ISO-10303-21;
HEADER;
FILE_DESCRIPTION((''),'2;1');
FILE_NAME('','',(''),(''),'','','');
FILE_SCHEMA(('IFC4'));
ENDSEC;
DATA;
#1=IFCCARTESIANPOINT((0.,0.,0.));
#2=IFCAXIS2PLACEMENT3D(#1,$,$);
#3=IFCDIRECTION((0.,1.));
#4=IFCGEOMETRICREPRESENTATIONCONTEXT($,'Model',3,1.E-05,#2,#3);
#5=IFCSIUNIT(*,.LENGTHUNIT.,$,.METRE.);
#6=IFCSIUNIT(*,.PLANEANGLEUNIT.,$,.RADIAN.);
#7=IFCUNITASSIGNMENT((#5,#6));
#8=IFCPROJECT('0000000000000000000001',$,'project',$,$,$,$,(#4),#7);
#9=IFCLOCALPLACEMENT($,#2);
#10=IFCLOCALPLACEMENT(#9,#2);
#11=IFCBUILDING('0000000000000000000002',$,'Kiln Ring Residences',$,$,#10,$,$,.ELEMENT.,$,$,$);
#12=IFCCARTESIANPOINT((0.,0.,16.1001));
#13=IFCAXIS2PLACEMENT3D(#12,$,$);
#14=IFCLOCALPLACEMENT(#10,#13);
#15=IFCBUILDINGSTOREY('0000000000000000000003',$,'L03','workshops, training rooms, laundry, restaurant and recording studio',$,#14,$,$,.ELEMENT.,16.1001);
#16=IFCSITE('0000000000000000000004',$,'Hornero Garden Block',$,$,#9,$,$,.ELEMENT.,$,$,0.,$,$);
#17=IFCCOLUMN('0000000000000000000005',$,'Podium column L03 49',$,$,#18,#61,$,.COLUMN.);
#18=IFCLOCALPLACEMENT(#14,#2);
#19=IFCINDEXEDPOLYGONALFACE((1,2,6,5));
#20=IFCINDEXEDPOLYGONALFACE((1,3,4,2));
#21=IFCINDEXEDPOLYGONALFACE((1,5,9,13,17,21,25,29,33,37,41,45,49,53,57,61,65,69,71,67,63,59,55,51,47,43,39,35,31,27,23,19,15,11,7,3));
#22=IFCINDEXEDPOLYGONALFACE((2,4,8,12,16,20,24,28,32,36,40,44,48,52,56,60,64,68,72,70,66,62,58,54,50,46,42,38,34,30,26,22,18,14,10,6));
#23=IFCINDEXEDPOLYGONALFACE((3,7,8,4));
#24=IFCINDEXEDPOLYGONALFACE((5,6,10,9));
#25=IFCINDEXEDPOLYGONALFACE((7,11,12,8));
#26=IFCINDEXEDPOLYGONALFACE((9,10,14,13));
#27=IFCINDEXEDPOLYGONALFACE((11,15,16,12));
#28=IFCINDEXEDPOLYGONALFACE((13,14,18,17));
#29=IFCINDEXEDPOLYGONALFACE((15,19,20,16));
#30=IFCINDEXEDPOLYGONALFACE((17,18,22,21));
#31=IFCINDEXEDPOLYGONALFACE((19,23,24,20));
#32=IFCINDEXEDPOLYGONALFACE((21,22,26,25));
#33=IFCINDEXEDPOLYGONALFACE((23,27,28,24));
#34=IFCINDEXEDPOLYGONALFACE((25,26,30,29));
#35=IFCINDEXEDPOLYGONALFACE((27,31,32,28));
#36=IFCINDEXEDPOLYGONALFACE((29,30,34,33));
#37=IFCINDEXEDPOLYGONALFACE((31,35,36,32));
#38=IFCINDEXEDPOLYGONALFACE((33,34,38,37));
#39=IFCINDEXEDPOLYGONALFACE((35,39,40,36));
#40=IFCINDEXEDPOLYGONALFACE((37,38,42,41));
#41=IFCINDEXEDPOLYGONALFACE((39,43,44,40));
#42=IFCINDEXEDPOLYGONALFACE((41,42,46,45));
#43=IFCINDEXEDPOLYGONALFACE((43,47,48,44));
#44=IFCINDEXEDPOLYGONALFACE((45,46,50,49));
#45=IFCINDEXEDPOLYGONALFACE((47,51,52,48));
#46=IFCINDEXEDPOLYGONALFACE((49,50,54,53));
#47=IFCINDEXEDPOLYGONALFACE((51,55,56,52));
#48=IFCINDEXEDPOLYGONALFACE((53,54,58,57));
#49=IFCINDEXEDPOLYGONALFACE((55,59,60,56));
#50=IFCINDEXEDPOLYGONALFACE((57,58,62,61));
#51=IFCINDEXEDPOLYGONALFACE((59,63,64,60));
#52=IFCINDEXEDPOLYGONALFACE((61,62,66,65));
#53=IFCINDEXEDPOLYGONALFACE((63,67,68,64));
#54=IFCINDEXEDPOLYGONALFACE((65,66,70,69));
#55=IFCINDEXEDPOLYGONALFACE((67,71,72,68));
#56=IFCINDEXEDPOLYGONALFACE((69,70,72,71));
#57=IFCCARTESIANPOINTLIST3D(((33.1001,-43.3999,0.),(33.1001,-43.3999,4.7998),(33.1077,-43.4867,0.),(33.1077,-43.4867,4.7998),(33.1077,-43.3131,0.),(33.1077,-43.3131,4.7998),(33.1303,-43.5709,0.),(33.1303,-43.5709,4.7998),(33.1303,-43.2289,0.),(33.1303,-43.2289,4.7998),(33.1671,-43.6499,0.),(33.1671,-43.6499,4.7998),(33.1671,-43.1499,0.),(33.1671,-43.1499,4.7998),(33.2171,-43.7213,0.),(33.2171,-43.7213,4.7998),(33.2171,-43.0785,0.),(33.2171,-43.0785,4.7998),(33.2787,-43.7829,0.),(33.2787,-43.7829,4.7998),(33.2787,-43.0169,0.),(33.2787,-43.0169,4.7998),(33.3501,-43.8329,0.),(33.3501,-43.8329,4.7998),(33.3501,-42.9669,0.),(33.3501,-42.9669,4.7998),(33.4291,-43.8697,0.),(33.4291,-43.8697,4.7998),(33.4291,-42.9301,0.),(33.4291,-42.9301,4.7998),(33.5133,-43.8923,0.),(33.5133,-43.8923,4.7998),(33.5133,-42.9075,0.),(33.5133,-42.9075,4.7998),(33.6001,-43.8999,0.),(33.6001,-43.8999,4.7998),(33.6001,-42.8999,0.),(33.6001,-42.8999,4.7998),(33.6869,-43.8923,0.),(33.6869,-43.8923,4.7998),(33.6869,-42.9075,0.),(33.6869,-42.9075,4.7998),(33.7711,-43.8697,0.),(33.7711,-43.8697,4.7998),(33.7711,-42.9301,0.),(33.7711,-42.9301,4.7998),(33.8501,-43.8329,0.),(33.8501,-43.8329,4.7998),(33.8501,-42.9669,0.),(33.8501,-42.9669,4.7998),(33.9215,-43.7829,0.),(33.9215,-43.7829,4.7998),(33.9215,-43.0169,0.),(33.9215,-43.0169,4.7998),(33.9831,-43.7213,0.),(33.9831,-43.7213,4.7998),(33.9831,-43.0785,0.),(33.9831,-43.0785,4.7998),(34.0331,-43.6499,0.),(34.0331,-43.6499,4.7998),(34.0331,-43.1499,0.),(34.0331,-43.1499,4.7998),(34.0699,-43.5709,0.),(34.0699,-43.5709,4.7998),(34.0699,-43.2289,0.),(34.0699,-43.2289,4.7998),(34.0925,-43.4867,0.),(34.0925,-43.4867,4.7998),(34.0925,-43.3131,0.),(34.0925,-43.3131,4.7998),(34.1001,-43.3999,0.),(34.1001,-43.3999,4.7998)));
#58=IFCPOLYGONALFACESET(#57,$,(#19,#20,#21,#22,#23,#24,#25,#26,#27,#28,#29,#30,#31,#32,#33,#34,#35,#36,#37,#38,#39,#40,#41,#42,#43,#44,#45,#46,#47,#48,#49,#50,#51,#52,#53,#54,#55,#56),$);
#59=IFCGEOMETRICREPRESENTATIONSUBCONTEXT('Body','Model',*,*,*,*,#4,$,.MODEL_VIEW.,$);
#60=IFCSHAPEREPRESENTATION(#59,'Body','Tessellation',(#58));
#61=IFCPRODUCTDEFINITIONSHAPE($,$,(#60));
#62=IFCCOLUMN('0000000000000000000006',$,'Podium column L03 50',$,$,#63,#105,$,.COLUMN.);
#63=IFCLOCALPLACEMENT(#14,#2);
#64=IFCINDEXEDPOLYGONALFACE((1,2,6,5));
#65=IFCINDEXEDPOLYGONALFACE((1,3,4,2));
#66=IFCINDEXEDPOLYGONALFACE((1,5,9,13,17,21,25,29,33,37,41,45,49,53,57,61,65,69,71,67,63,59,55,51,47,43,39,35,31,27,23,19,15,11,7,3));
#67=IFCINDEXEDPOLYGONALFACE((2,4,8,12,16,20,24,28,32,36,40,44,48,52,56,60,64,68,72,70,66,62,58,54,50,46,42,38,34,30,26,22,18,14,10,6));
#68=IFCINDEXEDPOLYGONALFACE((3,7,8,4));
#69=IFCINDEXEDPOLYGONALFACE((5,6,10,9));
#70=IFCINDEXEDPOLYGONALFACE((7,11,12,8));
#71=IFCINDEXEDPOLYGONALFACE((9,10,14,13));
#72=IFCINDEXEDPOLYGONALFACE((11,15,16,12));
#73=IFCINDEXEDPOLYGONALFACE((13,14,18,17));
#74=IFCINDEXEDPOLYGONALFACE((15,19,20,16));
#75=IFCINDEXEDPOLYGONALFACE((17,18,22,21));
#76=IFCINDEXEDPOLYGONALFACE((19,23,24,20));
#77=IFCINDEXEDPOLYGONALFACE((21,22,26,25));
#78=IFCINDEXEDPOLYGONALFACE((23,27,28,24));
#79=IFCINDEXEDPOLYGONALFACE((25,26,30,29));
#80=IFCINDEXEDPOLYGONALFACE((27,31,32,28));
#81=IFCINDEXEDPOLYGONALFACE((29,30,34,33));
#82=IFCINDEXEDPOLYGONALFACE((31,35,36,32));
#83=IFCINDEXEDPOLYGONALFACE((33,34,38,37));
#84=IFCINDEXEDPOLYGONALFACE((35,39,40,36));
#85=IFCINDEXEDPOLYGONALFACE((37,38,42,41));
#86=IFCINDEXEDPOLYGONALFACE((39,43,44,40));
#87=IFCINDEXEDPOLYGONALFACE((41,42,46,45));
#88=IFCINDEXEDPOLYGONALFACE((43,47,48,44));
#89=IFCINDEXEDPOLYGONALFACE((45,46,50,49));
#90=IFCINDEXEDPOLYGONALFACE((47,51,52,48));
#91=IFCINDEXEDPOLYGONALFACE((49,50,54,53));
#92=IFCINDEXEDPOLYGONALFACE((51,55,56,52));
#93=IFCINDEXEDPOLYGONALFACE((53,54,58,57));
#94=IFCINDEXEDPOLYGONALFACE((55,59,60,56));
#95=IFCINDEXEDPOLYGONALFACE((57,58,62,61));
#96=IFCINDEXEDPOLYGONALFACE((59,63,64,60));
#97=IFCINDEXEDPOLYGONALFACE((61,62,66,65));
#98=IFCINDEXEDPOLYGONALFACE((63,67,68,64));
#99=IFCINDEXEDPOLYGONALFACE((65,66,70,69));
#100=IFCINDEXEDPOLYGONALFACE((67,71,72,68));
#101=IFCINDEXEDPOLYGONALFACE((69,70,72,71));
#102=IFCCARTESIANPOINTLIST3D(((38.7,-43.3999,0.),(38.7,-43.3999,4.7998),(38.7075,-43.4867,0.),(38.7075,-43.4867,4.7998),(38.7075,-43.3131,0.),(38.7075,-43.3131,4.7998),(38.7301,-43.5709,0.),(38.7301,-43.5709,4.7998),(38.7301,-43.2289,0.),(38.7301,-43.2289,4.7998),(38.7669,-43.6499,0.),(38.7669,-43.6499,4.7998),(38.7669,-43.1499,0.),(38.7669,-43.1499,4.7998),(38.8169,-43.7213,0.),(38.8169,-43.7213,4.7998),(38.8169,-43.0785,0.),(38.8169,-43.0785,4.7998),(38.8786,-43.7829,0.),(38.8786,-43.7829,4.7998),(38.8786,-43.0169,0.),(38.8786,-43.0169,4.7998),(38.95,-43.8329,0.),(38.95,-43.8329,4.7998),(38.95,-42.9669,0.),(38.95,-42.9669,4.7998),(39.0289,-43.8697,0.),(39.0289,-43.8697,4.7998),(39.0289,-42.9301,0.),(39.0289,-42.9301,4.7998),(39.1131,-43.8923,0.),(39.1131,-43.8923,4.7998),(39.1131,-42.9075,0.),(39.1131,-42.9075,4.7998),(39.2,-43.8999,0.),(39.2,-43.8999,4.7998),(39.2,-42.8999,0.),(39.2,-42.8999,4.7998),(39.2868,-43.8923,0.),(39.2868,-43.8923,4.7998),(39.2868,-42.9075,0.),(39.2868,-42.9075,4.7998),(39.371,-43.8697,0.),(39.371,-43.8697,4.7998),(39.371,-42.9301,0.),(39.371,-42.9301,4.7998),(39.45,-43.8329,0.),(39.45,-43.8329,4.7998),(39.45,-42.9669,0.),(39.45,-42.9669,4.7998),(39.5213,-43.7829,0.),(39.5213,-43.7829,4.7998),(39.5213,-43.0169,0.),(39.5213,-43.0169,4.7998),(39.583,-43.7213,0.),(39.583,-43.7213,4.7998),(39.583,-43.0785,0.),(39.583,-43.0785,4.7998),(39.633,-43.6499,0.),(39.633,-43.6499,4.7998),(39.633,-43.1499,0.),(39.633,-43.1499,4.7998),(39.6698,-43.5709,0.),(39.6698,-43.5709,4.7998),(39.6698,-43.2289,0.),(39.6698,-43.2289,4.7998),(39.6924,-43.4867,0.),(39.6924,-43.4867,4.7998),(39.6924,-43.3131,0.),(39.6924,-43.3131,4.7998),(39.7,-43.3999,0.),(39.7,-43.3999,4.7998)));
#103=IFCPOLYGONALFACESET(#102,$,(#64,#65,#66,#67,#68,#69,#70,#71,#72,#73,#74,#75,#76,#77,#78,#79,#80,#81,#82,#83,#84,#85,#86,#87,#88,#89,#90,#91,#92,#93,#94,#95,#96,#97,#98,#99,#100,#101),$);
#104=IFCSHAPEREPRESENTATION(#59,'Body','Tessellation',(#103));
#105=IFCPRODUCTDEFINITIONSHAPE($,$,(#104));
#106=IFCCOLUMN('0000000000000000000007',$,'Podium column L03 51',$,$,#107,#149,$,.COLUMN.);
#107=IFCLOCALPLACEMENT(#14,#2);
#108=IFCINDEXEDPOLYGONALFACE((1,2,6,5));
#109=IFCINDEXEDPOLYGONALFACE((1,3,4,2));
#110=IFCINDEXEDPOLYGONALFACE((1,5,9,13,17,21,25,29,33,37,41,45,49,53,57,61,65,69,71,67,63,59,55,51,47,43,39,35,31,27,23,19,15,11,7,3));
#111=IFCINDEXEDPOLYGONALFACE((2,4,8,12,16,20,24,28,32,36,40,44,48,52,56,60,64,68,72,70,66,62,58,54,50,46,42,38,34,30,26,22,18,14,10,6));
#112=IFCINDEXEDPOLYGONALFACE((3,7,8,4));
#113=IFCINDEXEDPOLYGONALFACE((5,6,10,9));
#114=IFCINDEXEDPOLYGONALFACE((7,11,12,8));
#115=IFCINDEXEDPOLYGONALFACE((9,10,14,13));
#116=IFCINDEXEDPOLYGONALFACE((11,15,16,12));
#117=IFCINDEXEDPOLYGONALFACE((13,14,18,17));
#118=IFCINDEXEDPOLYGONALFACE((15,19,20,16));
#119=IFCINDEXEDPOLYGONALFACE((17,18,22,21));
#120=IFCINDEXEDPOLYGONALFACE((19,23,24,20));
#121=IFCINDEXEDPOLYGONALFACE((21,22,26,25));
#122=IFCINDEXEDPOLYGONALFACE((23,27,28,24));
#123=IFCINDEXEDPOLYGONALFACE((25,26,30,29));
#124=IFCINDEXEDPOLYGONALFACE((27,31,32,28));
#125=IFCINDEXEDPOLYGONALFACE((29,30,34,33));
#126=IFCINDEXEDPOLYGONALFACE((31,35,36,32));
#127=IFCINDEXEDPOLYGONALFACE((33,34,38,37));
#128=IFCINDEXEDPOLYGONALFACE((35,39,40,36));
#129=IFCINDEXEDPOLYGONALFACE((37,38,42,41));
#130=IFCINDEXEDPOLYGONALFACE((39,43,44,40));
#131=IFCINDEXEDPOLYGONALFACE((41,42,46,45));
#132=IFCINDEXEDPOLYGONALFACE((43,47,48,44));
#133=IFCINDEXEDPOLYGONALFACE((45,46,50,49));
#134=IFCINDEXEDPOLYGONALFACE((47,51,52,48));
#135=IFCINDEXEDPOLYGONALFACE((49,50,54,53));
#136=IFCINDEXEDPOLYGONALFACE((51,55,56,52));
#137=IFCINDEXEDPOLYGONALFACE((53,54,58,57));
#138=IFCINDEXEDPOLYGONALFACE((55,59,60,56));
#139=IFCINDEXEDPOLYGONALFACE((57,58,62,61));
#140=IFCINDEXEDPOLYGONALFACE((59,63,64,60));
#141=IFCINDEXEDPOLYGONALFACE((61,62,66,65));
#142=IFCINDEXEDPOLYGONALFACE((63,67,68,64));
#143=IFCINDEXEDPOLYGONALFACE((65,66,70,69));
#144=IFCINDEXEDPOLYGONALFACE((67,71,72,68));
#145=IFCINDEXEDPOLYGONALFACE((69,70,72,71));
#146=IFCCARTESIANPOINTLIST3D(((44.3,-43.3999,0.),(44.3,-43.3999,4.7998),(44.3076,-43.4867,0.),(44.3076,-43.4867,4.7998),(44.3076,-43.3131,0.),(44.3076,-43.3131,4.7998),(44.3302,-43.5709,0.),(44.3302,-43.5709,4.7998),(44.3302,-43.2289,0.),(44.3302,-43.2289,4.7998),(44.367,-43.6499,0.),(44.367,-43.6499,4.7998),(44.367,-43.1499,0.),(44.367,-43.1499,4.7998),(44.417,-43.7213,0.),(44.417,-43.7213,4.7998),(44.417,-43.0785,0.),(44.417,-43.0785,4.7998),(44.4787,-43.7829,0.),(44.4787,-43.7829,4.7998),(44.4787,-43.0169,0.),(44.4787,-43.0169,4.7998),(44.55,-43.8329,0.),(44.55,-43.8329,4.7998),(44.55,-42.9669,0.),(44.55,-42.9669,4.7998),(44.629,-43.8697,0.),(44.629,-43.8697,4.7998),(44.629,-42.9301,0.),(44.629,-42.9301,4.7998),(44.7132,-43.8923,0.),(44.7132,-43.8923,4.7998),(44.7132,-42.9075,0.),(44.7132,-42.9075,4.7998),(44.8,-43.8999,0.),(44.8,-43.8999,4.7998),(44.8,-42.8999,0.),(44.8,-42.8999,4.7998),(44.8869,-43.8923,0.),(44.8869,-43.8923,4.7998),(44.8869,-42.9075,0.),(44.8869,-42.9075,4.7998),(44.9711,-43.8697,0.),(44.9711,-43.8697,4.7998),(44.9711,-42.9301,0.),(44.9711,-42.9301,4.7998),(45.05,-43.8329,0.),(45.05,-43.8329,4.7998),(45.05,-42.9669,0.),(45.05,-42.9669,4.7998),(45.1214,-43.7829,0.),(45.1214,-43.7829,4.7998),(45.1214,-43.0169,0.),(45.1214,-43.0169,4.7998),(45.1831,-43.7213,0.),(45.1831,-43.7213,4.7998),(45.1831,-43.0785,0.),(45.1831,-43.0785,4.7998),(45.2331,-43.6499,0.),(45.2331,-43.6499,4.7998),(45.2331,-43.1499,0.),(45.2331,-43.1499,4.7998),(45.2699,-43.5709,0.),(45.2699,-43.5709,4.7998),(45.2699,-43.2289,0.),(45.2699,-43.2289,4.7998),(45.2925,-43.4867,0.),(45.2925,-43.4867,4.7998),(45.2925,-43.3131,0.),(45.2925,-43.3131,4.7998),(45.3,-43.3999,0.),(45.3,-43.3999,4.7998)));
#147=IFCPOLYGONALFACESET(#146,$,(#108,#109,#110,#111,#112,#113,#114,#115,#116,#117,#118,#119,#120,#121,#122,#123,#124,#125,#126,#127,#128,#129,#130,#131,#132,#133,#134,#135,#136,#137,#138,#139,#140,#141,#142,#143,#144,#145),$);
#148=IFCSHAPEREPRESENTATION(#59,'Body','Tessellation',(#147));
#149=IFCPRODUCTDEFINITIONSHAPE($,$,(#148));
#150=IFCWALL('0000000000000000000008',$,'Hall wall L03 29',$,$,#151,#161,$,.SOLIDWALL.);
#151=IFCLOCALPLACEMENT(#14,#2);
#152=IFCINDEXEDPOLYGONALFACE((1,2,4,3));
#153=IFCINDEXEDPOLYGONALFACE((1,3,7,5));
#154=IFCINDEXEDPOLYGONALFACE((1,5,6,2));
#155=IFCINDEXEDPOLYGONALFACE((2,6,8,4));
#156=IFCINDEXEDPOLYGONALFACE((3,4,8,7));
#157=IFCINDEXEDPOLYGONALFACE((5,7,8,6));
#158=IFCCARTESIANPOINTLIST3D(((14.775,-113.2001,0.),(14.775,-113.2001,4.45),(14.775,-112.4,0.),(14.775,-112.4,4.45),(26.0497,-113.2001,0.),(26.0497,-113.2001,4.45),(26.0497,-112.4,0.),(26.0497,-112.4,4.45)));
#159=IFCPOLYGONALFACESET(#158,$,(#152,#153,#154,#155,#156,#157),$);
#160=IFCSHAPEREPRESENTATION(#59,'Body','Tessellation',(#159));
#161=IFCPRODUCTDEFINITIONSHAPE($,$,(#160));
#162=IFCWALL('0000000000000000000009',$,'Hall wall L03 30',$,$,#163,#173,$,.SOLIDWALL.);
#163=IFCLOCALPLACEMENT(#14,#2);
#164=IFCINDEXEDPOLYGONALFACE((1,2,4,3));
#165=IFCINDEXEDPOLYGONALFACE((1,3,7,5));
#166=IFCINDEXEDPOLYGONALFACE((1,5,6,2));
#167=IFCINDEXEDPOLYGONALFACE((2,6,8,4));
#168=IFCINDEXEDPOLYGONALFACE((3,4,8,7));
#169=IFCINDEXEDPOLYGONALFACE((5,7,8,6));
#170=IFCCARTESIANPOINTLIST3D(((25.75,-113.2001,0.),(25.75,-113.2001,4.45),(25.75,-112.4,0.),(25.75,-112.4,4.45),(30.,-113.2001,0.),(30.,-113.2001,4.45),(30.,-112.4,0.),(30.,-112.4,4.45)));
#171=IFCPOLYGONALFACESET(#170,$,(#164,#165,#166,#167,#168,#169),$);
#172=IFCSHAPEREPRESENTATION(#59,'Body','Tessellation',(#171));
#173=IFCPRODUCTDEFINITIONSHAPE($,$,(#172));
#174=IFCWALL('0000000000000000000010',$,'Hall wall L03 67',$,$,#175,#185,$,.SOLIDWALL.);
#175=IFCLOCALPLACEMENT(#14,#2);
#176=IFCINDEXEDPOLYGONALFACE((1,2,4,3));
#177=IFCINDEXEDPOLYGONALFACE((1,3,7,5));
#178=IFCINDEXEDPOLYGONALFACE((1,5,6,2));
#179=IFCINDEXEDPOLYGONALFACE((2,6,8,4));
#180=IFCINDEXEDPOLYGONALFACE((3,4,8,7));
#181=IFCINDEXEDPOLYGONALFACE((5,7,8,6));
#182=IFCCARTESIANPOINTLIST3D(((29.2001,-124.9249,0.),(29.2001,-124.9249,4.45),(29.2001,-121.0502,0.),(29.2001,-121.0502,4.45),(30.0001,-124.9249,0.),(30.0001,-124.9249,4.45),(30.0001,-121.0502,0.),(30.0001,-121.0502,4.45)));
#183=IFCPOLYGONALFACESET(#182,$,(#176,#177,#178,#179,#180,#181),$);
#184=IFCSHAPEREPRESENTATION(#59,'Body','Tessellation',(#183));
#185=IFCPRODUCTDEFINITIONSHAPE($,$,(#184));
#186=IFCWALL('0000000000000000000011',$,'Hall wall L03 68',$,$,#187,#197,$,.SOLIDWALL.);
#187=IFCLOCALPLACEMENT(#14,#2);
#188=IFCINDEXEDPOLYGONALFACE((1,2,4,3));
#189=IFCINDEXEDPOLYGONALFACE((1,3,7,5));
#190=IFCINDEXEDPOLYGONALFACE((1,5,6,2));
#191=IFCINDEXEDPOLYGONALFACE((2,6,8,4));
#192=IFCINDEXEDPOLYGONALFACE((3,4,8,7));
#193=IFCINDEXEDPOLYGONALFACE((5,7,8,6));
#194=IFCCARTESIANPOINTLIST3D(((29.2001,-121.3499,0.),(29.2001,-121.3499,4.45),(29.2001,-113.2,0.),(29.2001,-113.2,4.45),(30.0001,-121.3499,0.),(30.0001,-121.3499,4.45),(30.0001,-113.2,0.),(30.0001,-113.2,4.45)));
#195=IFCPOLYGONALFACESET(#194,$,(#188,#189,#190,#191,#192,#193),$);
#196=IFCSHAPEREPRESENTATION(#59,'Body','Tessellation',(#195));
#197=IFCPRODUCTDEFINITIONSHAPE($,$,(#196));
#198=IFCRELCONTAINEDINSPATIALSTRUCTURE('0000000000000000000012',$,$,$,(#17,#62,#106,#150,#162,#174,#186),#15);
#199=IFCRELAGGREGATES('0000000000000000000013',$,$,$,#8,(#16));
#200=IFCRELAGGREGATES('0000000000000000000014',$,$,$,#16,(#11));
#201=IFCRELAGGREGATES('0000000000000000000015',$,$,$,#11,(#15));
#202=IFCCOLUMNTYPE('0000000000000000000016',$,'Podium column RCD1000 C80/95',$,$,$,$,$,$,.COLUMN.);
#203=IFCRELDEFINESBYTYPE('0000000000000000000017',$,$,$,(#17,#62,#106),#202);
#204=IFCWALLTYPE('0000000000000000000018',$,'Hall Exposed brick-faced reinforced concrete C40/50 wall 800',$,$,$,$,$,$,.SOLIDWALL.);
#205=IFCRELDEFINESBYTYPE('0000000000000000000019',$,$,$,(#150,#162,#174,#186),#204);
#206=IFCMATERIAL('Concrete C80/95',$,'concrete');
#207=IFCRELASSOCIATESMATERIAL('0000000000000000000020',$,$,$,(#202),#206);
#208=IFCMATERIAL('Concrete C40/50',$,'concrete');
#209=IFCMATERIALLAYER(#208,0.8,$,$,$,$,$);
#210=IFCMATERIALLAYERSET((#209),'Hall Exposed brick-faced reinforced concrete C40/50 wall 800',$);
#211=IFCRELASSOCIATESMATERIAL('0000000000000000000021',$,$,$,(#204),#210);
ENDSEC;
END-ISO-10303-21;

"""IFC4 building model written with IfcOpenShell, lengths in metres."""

from ifc_helpers import new_model, si_unit, direction, frame, frame_2d, origin, origin_2d, place, context, subcontext, project, spatial, rectangle, circle, extrude, material, layer, layer_set, material_profile, profile_set, type_object, element, save


model = new_model("IFC4")

# Units and contexts
model_context = context("Model", 3, precision=1e-05, world=origin(), true_north=direction((0.0, 1.0)))
body_context = subcontext(model_context, "Body", "Model", "MODEL_VIEW")
ifc_project = project(units=[si_unit("LENGTHUNIT", "METRE"), si_unit("PLANEANGLEUNIT", "RADIAN")], contexts=[model_context])

# Site, building, storey
site_placement = place(None, origin())
site = spatial("IfcSite", under=ifc_project, at=site_placement, Name="Hornero Garden Block", CompositionType="ELEMENT", RefElevation=0.0)
building_placement = place(site_placement, origin())
building = spatial("IfcBuilding", under=site, at=building_placement, Name="Kiln Ring Residences", CompositionType="ELEMENT")
storey_placement = place(building_placement, frame((0.0, 0.0, 16.1001)))
storey = spatial("IfcBuildingStorey", under=building, at=storey_placement, Name="L03", Description="workshops, training rooms, laundry, restaurant and recording studio", CompositionType="ELEMENT", Elevation=16.1001)

# Columns
ifc_material_1 = material(Name="Concrete C80/95", Category="concrete")
ifc_material_profile_1 = material_profile(ifc_material_1, circle(Radius=0.5, at=origin_2d()), Name="RCD1000")
ifc_profile_set_1 = profile_set([ifc_material_profile_1], Name="Concrete C80/95")
column_type_1 = type_object("IfcColumnType", Name="Podium column RCD1000 C80/95", PredefinedType="COLUMN", material=ifc_profile_set_1)
for number, where, z_axis, x_axis, name in (
    (1, (33.6001, -43.3999, 0.0), (0.0, 0.0, 1.0), (1.0, 0.0, 0.0), "Podium column L03 49"),
    (2, (39.2, -43.3999, 0.0), (0.0, 0.0, 1.0), (1.0, 0.0, 0.0), "Podium column L03 50"),
    (3, (44.8, -43.3999, 0.0), (0.0, 0.0, 1.0), (1.0, 0.0, 0.0), "Podium column L03 51"),
):
    element("IfcColumn", number, at=place(storey_placement, frame(where, z_axis=z_axis, x_axis=x_axis)), inside=storey, type_object=column_type_1, Name=name, PredefinedType="COLUMN", context=body_context, shape_type="SweptSolid", body=[
        extrude(circle(Radius=0.5, at=origin_2d()), origin(), (0.0, 0.0, 1.0), 4.7998),
    ])

# Walls
ifc_material_2 = material(Name="Concrete C40/50", Category="concrete")
ifc_layer_1 = layer(ifc_material_2, 0.8)
ifc_layer_set_1 = layer_set([ifc_layer_1], Name="Hall Exposed brick-faced reinforced concrete C40/50 wall 800")
wall_type_1 = type_object("IfcWallType", Name="Hall Exposed brick-faced reinforced concrete C40/50 wall 800", PredefinedType="SOLIDWALL", material=ifc_layer_set_1)
wall_1_placement = place(storey_placement, frame((14.7751, -112.8, 0.0), z_axis=(0.0, 0.0, 1.0), x_axis=(1.0, 0.0, 0.0)))
element("IfcWall", 4, at=wall_1_placement, inside=storey, type_object=wall_type_1, Name="Hall wall L03 29", PredefinedType="SOLIDWALL", context=body_context, shape_type="SweptSolid", body=[
    extrude(rectangle(XDim=11.2747, YDim=0.8, at=frame_2d((5.6372, 0.0))), origin(), (0.0, 0.0, 1.0), 4.45),
])
wall_2_placement = place(storey_placement, frame((25.75, -112.8, 0.0), z_axis=(0.0, 0.0, 1.0), x_axis=(1.0, 0.0, 0.0)))
element("IfcWall", 5, at=wall_2_placement, inside=storey, type_object=wall_type_1, Name="Hall wall L03 30", PredefinedType="SOLIDWALL", context=body_context, shape_type="SweptSolid", body=[
    extrude(rectangle(XDim=4.25, YDim=0.8, at=frame_2d((2.125, 0.0))), origin(), (0.0, 0.0, 1.0), 4.45),
])
wall_3_placement = place(storey_placement, frame((29.6001, -121.05, 0.0), z_axis=(0.0, 0.0, 1.0), x_axis=(0.0, -1.0, 0.0)))
element("IfcWall", 6, at=wall_3_placement, inside=storey, type_object=wall_type_1, Name="Hall wall L03 67", PredefinedType="SOLIDWALL", context=body_context, shape_type="SweptSolid", body=[
    extrude(rectangle(XDim=3.8748, YDim=0.8, at=frame_2d((1.9375, 0.0))), origin(), (0.0, 0.0, 1.0), 4.45),
])
wall_4_placement = place(storey_placement, frame((29.6001, -113.2, 0.0), z_axis=(0.0, 0.0, 1.0), x_axis=(0.0, -1.0, 0.0)))
element("IfcWall", 7, at=wall_4_placement, inside=storey, type_object=wall_type_1, Name="Hall wall L03 68", PredefinedType="SOLIDWALL", context=body_context, shape_type="SweptSolid", body=[
    extrude(rectangle(XDim=8.1499, YDim=0.8, at=frame_2d((4.075, 0.0))), origin(), (0.0, 0.0, 1.0), 4.45),
])

save(model, "model.ifc")
